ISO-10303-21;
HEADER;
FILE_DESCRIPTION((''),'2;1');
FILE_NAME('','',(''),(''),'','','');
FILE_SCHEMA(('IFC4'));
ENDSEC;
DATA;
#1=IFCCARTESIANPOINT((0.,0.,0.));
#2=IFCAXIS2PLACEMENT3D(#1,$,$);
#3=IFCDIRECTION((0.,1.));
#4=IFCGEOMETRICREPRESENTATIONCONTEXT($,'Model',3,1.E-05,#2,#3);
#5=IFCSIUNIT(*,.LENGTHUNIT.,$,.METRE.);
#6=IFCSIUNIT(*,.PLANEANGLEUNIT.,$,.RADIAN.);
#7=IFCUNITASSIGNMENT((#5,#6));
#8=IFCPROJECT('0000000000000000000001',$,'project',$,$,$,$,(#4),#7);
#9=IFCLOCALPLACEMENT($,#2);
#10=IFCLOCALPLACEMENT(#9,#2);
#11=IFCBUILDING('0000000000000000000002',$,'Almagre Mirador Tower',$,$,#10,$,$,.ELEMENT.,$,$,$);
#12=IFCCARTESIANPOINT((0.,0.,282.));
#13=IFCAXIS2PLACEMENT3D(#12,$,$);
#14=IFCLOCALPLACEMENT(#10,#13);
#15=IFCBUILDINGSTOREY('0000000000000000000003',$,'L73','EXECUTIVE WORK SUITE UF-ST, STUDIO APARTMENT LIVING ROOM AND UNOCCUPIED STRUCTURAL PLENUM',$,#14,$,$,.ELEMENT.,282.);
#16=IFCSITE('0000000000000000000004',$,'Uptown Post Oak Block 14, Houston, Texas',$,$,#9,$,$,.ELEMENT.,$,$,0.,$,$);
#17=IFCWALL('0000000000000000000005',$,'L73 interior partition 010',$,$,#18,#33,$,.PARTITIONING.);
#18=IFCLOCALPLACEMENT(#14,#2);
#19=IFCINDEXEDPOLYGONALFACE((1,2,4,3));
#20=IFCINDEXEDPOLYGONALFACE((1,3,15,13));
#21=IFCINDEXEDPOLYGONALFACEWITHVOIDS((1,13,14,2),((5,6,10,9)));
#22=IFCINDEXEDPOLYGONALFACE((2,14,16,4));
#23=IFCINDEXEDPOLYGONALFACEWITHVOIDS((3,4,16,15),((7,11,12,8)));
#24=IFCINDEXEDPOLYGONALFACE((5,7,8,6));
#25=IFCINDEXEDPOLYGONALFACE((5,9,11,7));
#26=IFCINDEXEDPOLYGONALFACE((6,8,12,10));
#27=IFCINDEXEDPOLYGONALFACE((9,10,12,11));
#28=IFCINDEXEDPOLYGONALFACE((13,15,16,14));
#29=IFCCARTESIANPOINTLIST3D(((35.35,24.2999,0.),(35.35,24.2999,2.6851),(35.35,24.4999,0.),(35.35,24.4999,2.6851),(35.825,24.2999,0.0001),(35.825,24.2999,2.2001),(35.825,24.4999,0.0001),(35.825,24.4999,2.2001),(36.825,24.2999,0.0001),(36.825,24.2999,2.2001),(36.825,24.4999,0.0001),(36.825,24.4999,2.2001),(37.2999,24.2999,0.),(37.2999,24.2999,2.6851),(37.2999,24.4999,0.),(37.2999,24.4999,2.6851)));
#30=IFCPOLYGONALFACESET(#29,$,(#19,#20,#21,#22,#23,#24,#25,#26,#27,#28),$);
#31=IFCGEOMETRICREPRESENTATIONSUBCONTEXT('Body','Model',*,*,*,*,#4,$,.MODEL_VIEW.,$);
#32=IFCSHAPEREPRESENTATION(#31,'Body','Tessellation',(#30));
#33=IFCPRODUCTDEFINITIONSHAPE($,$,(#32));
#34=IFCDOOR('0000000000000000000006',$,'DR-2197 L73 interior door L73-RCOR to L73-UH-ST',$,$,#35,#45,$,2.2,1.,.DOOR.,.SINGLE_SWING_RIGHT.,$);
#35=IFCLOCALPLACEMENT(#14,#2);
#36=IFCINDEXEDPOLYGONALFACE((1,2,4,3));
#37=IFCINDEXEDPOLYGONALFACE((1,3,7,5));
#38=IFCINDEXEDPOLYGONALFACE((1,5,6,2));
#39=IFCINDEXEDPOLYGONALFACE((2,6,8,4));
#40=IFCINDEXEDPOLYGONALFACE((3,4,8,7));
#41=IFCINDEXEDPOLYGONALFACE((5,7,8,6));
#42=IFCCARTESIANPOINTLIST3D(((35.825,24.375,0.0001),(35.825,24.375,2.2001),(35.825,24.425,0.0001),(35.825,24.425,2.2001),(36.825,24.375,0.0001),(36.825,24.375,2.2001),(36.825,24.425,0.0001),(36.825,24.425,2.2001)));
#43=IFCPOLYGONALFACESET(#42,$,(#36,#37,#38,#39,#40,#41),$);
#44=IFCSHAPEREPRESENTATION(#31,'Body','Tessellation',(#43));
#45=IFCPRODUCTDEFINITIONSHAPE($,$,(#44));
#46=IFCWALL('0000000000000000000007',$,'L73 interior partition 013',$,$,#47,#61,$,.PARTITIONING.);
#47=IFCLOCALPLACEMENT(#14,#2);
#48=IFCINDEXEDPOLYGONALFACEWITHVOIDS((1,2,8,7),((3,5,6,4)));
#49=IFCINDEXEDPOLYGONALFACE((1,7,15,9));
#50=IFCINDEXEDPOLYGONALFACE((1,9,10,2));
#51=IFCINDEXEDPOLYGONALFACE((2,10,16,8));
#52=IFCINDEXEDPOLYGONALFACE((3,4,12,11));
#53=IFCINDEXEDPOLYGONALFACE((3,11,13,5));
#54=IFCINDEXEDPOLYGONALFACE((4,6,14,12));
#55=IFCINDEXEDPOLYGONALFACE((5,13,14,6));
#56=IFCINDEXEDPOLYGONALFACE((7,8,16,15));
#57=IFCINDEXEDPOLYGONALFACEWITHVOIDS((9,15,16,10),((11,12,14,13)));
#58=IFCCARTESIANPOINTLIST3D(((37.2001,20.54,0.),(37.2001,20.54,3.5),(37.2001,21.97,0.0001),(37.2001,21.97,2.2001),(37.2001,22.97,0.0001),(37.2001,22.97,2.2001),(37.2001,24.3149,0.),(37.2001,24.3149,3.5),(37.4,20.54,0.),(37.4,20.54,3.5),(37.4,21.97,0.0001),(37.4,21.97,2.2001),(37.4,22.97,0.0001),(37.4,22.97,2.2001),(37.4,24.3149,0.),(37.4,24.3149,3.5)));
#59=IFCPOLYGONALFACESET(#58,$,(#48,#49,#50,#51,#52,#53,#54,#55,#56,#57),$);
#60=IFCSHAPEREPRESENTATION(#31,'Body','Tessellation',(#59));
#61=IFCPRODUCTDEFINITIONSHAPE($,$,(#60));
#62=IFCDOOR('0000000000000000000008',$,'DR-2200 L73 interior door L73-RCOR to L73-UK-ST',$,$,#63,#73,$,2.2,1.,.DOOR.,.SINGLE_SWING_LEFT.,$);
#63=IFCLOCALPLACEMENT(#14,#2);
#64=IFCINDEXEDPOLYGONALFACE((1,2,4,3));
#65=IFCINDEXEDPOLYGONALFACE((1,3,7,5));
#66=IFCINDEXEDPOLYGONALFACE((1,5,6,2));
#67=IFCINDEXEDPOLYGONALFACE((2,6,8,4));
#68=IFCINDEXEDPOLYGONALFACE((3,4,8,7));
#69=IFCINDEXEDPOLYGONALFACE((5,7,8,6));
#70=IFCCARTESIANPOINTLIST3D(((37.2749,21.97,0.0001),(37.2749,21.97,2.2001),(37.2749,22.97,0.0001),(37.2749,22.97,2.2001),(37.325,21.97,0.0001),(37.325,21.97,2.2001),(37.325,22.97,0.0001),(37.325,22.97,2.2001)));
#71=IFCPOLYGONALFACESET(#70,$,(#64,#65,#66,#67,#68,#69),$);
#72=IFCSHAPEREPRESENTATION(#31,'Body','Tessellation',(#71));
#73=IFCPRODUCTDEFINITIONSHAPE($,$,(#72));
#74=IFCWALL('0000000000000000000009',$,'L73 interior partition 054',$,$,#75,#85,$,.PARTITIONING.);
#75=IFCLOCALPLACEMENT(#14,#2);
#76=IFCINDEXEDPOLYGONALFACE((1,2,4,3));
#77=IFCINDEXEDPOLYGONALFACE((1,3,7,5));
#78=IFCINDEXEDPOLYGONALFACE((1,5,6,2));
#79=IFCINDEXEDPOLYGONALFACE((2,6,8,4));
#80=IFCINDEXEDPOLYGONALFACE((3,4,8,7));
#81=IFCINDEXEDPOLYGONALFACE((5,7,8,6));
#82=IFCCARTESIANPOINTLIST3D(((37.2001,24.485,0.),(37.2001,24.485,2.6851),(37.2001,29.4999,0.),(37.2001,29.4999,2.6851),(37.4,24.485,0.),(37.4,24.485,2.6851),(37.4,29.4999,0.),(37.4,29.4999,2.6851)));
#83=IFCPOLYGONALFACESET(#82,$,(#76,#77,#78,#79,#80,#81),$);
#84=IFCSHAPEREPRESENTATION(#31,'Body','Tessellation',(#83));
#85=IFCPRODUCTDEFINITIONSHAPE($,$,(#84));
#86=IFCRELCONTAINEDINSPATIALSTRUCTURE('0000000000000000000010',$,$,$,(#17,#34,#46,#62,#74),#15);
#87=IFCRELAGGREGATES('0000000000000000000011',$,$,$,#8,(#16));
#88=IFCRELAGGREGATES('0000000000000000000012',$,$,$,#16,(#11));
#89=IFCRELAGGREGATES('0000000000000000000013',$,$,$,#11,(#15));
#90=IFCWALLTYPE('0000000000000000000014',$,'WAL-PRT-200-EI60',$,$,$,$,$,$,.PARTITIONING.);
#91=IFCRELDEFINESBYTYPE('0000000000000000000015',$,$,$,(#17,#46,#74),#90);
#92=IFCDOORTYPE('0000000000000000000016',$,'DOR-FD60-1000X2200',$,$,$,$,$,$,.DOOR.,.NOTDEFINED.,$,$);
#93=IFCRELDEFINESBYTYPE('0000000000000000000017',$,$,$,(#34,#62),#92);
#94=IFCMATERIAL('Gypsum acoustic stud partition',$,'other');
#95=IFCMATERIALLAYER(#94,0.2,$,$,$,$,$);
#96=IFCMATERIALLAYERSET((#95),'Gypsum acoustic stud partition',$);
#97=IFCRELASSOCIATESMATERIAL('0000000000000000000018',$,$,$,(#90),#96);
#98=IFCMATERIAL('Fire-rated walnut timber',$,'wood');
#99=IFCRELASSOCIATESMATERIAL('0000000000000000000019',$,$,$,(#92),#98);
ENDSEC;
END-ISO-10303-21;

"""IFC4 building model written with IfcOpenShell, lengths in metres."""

from ifc_helpers import new_model, si_unit, direction, frame, frame_2d, origin, place, context, subcontext, project, spatial, rectangle, extrude, material, layer, layer_set, type_object, element, fill, save


model = new_model("IFC4")

# Units and contexts
model_context = context("Model", 3, precision=1e-05, world=origin(), true_north=direction((0.0, 1.0)))
body_context = subcontext(model_context, "Body", "Model", "MODEL_VIEW")
ifc_project = project(units=[si_unit("LENGTHUNIT", "METRE"), si_unit("PLANEANGLEUNIT", "RADIAN")], contexts=[model_context])

# Site, building, storey
site_placement = place(None, origin())
site = spatial("IfcSite", under=ifc_project, at=site_placement, Name="Uptown Post Oak Block 14, Houston, Texas", CompositionType="ELEMENT", RefElevation=0.0)
building_placement = place(site_placement, origin())
building = spatial("IfcBuilding", under=site, at=building_placement, Name="Almagre Mirador Tower", CompositionType="ELEMENT")
storey_placement = place(building_placement, frame((0.0, 0.0, 282.0)))
storey = spatial("IfcBuildingStorey", under=building, at=storey_placement, Name="L73", Description="EXECUTIVE WORK SUITE UF-ST, STUDIO APARTMENT LIVING ROOM AND UNOCCUPIED STRUCTURAL PLENUM", CompositionType="ELEMENT", Elevation=282.0)

# Walls, openings, doors
ifc_material_1 = material(Name="Gypsum acoustic stud partition", Category="other")
ifc_layer_1 = layer(ifc_material_1, 0.2)
ifc_layer_set_1 = layer_set([ifc_layer_1], Name="Gypsum acoustic stud partition")
wall_type_1 = type_object("IfcWallType", Name="WAL-PRT-200-EI60", PredefinedType="PARTITIONING", material=ifc_layer_set_1)
wall_1_placement = place(storey_placement, frame((37.3, 24.3999, 0.0), z_axis=(0.0, 0.0, 1.0), x_axis=(-1.0, 0.0, 0.0)))
wall_1 = element("IfcWall", 1, at=wall_1_placement, inside=storey, type_object=wall_type_1, Name="L73 interior partition 010", PredefinedType="PARTITIONING", context=body_context, shape_type="SweptSolid", body=[
    extrude(rectangle(XDim=1.95, YDim=0.2, at=frame_2d((0.9751, 0.0))), origin(), (0.0, 0.0, 1.0), 2.6851),
])
opening_1_placement = place(wall_1_placement, frame((0.4751, 0.0, 0.0)))
opening_1 = element("IfcOpeningElement", 2, at=opening_1_placement, cuts=wall_1, PredefinedType="OPENING", context=body_context, shape_type="SweptSolid", body=[
    extrude(rectangle(XDim=1.0, YDim=2.2, at=frame_2d((0.5, 1.1001))), frame((0.0, 0.1101, 0.0), z_axis=(0.0, -1.0, 0.0), x_axis=(1.0, 0.0, 0.0)), (0.0, 0.0, 1.0), 0.22),
])
ifc_material_2 = material(Name="Fire-rated walnut timber", Category="wood")
door_type = type_object("IfcDoorType", Name="DOR-FD60-1000X2200", OperationType="NOTDEFINED", PredefinedType="DOOR", material=ifc_material_2)
door_1_placement = place(opening_1_placement, origin())
door_1 = element("IfcDoor", 3, at=door_1_placement, inside=storey, type_object=door_type, Name="DR-2197 L73 interior door L73-RCOR to L73-UH-ST", OperationType="SINGLE_SWING_RIGHT", OverallHeight=2.2, OverallWidth=1.0, PredefinedType="DOOR", context=body_context, shape_type="SweptSolid", body=[
    extrude(rectangle(XDim=1.0, YDim=2.2, at=frame_2d((0.5, 1.1001))), frame((0.0, 0.0249, 0.0), z_axis=(0.0, -1.0, 0.0), x_axis=(1.0, 0.0, 0.0)), (0.0, 0.0, 1.0), 0.05),
])
fill(opening_1, door_1)
wall_2_placement = place(storey_placement, frame((37.3, 24.3149, 0.0), z_axis=(0.0, 0.0, 1.0), x_axis=(0.0, -1.0, 0.0)))
wall_2 = element("IfcWall", 4, at=wall_2_placement, inside=storey, type_object=wall_type_1, Name="L73 interior partition 013", PredefinedType="PARTITIONING", context=body_context, shape_type="SweptSolid", body=[
    extrude(rectangle(XDim=3.7749, YDim=0.2, at=frame_2d((1.8875, 0.0))), origin(), (0.0, 0.0, 1.0), 3.5),
])
opening_2_placement = place(wall_2_placement, frame((1.345, 0.0, 0.0)))
opening_2 = element("IfcOpeningElement", 5, at=opening_2_placement, cuts=wall_2, PredefinedType="OPENING", context=body_context, shape_type="SweptSolid", body=[
    extrude(rectangle(XDim=1.0, YDim=2.2, at=frame_2d((0.5, 1.1001))), frame((0.0, 0.1101, 0.0), z_axis=(0.0, -1.0, 0.0), x_axis=(1.0, 0.0, 0.0)), (0.0, 0.0, 1.0), 0.22),
])
door_2_placement = place(opening_2_placement, origin())
door_2 = element("IfcDoor", 6, at=door_2_placement, inside=storey, type_object=door_type, Name="DR-2200 L73 interior door L73-RCOR to L73-UK-ST", OperationType="SINGLE_SWING_LEFT", OverallHeight=2.2, OverallWidth=1.0, PredefinedType="DOOR", context=body_context, shape_type="SweptSolid", body=[
    extrude(rectangle(XDim=1.0, YDim=2.2, at=frame_2d((0.5, 1.1001))), frame((0.0, 0.0249, 0.0), z_axis=(0.0, -1.0, 0.0), x_axis=(1.0, 0.0, 0.0)), (0.0, 0.0, 1.0), 0.05),
])
fill(opening_2, door_2)

# Wall
wall_3_placement = place(storey_placement, frame((37.3, 24.4851, 0.0), z_axis=(0.0, 0.0, 1.0), x_axis=(0.0, 1.0, 0.0)))
element("IfcWall", 7, at=wall_3_placement, inside=storey, type_object=wall_type_1, Name="L73 interior partition 054", PredefinedType="PARTITIONING", context=body_context, shape_type="SweptSolid", body=[
    extrude(rectangle(XDim=5.0149, YDim=0.2, at=frame_2d((2.5073, 0.0))), origin(), (0.0, 0.0, 1.0), 2.6851),
])

save(model, "model.ifc")
